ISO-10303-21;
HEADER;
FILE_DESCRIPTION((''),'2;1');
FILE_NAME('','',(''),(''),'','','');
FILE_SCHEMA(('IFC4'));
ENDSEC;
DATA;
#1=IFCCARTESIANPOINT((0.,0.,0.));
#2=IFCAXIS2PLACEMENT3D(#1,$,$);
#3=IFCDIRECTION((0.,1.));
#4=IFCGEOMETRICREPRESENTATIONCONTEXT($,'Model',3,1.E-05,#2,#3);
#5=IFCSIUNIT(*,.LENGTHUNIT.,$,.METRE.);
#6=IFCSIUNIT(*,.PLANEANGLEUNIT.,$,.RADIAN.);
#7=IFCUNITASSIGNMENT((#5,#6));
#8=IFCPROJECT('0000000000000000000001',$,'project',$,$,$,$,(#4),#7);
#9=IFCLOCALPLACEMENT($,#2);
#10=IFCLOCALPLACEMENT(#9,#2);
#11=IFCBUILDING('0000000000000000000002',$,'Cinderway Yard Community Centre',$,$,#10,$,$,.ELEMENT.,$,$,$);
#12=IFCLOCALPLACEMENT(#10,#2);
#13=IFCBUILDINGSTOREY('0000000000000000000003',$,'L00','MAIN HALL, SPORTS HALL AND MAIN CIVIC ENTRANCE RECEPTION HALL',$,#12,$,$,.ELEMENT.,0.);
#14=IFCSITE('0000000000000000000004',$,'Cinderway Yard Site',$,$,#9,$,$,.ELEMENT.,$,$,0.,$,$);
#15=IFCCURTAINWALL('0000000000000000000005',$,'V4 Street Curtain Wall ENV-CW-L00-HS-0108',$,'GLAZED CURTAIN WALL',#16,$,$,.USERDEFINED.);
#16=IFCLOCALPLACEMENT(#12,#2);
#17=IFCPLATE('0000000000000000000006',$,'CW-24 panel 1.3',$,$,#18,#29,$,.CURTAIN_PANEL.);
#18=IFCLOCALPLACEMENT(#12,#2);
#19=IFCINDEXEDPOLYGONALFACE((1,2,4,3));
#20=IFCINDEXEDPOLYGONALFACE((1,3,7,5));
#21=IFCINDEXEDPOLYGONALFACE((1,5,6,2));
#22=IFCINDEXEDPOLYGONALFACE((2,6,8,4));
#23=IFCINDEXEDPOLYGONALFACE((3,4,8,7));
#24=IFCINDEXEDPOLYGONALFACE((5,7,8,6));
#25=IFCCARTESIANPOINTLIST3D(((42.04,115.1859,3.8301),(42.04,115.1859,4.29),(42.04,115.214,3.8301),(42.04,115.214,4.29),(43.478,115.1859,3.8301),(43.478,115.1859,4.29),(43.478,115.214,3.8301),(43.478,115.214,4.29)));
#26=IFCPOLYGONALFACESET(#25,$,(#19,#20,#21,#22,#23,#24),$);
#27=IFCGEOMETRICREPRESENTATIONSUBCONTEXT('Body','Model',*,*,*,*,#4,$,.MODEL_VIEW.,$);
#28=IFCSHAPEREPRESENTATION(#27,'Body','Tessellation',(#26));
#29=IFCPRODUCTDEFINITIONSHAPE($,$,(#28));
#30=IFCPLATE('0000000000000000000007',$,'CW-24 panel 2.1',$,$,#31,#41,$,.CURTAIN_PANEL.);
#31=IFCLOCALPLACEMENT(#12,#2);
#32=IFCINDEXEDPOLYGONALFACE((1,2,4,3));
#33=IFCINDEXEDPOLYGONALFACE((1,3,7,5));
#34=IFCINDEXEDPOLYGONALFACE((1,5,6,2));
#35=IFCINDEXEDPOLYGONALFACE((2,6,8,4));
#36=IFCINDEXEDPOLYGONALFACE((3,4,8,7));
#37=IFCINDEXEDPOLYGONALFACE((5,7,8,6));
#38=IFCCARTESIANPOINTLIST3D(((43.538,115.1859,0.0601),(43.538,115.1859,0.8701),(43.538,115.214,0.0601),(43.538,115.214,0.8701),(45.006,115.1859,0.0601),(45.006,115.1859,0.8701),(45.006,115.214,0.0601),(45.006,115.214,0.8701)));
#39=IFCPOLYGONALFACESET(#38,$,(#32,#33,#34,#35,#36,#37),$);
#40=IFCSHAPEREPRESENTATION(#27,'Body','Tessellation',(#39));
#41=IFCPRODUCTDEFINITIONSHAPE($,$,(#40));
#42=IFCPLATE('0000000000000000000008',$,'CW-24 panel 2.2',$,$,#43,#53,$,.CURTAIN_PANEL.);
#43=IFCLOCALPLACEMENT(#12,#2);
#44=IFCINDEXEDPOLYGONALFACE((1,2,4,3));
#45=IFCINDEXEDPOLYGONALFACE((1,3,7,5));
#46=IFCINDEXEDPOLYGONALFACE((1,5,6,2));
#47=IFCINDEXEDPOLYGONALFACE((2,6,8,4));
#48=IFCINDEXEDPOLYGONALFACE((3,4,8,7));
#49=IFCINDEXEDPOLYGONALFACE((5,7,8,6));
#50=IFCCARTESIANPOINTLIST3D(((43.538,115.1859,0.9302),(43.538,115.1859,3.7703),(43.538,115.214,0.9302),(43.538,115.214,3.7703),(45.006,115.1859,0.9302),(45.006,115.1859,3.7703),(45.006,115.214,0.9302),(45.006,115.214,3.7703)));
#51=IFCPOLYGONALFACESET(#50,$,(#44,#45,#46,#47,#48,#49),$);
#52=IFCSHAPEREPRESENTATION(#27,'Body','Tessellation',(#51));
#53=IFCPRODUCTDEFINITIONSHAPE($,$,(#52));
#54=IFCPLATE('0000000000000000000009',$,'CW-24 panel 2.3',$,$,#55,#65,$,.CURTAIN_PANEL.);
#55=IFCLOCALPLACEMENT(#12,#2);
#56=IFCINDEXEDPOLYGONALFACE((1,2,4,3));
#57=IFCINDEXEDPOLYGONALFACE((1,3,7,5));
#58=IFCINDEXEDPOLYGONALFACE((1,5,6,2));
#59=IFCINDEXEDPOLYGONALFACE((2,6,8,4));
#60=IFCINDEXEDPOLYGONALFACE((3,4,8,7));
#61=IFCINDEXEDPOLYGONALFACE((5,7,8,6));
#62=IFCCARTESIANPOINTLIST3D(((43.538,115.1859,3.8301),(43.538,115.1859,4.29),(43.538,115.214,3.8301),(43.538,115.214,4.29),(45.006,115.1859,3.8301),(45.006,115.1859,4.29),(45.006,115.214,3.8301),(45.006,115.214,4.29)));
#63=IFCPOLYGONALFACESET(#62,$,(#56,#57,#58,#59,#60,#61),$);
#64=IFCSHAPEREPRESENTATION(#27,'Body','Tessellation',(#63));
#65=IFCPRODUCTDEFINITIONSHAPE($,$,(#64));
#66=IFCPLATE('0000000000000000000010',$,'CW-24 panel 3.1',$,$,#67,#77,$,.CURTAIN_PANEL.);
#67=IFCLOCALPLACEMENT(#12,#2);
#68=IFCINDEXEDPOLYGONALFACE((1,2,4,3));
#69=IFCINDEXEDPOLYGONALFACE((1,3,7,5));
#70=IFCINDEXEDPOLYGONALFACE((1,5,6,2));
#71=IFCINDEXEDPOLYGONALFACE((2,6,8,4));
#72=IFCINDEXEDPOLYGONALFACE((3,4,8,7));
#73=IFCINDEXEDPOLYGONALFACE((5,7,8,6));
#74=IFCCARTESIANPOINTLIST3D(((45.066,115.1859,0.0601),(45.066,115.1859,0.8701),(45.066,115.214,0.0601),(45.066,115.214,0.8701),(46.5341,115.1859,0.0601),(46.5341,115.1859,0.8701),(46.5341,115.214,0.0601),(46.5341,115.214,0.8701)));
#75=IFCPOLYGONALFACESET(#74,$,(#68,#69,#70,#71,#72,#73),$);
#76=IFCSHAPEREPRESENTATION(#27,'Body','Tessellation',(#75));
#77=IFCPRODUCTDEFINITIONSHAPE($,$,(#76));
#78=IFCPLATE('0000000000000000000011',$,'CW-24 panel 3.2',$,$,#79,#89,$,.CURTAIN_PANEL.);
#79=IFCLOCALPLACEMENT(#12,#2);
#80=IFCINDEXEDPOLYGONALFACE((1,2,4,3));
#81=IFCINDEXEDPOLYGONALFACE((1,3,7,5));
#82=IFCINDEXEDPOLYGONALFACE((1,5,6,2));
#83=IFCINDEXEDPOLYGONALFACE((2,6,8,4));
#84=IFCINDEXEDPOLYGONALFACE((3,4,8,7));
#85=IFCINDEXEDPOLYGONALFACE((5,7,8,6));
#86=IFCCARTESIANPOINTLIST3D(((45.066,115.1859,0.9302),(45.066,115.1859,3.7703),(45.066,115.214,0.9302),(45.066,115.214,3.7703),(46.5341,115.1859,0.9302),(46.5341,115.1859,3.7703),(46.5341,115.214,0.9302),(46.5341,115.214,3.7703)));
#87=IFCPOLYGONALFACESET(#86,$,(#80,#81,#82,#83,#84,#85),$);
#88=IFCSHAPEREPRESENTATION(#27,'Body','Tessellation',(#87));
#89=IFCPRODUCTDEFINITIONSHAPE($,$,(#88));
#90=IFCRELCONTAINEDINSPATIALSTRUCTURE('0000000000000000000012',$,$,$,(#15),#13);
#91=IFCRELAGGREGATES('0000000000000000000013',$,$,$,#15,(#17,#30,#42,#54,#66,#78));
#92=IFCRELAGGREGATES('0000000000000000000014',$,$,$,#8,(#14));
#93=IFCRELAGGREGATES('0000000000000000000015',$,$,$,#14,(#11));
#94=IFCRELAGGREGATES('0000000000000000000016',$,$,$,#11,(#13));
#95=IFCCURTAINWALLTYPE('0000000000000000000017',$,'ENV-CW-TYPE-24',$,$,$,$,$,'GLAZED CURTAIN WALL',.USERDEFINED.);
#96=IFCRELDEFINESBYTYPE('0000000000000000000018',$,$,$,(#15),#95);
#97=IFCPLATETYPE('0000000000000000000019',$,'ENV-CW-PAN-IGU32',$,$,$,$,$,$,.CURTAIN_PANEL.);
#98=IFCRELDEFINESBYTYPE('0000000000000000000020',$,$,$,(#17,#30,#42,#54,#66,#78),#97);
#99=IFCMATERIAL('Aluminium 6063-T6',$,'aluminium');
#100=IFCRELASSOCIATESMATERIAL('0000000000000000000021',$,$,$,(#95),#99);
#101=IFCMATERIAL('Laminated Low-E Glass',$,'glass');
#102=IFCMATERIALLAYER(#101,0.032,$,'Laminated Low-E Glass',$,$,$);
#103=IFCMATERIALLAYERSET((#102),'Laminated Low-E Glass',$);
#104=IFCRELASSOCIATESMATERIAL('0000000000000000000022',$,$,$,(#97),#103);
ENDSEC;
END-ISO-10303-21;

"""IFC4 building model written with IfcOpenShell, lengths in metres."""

from ifc_helpers import new_model, si_unit, direction, frame, origin, origin_2d, place, context, subcontext, project, spatial, rectangle, extrude, material, layer, layer_set, type_object, element, aggregate, save


model = new_model("IFC4")

# Units and contexts
model_context = context("Model", 3, precision=1e-05, world=origin(), true_north=direction((0.0, 1.0)))
body_context = subcontext(model_context, "Body", "Model", "MODEL_VIEW")
ifc_project = project(units=[si_unit("LENGTHUNIT", "METRE"), si_unit("PLANEANGLEUNIT", "RADIAN")], contexts=[model_context])

# Site, building, storey
site_placement = place(None, origin())
site = spatial("IfcSite", under=ifc_project, at=site_placement, Name="Cinderway Yard Site", CompositionType="ELEMENT", RefElevation=0.0)
building_placement = place(site_placement, origin())
building = spatial("IfcBuilding", under=site, at=building_placement, Name="Cinderway Yard Community Centre", CompositionType="ELEMENT")
storey_placement = place(building_placement, origin())
storey = spatial("IfcBuildingStorey", under=building, at=storey_placement, Name="L00", Description="MAIN HALL, SPORTS HALL AND MAIN CIVIC ENTRANCE RECEPTION HALL", CompositionType="ELEMENT", Elevation=0.0)

# Curtain wall, plates
ifc_material_1 = material(Name="Aluminium 6063-T6", Category="aluminium")
curtain_wall_type = type_object("IfcCurtainWallType", Name="ENV-CW-TYPE-24", ElementType="GLAZED CURTAIN WALL", PredefinedType="USERDEFINED", material=ifc_material_1)
curtain_wall_placement = place(storey_placement, origin())
curtain_wall = element("IfcCurtainWall", 1, at=curtain_wall_placement, inside=storey, type_object=curtain_wall_type, Name="V4 Street Curtain Wall ENV-CW-L00-HS-0108", ObjectType="GLAZED CURTAIN WALL", PredefinedType="USERDEFINED")
ifc_material_2 = material(Name="Laminated Low-E Glass", Category="glass")
ifc_layer = layer(ifc_material_2, 0.032, Name="Laminated Low-E Glass")
ifc_layer_set = layer_set([ifc_layer], Name="Laminated Low-E Glass")
plate_type = type_object("IfcPlateType", Name="ENV-CW-PAN-IGU32", PredefinedType="CURTAIN_PANEL", material=ifc_layer_set)
plate_1_placement = place(storey_placement, frame((42.759, 115.2, 3.8301), z_axis=(0.0, 0.0, 1.0), x_axis=(1.0, 0.0, 0.0)))
plate_1 = element("IfcPlate", 2, at=plate_1_placement, type_object=plate_type, Name="CW-24 panel 1.3", PredefinedType="CURTAIN_PANEL", context=body_context, shape_type="SweptSolid", body=[
    extrude(rectangle(XDim=1.438, YDim=0.0281, at=origin_2d()), origin(), (0.0, 0.0, 1.0), 0.46),
])
plate_2_placement = place(storey_placement, frame((44.272, 115.2, 0.0601), z_axis=(0.0, 0.0, 1.0), x_axis=(1.0, 0.0, 0.0)))
plate_2 = element("IfcPlate", 3, at=plate_2_placement, type_object=plate_type, Name="CW-24 panel 2.1", PredefinedType="CURTAIN_PANEL", context=body_context, shape_type="SweptSolid", body=[
    extrude(rectangle(XDim=1.468, YDim=0.0281, at=origin_2d()), origin(), (0.0, 0.0, 1.0), 0.8101),
])
plate_3_placement = place(storey_placement, frame((44.272, 115.2, 0.9302), z_axis=(0.0, 0.0, 1.0), x_axis=(1.0, 0.0, 0.0)))
plate_3 = element("IfcPlate", 4, at=plate_3_placement, type_object=plate_type, Name="CW-24 panel 2.2", PredefinedType="CURTAIN_PANEL", context=body_context, shape_type="SweptSolid", body=[
    extrude(rectangle(XDim=1.468, YDim=0.0281, at=origin_2d()), origin(), (0.0, 0.0, 1.0), 2.8401),
])
plate_4_placement = place(storey_placement, frame((44.272, 115.2, 3.8301), z_axis=(0.0, 0.0, 1.0), x_axis=(1.0, 0.0, 0.0)))
plate_4 = element("IfcPlate", 5, at=plate_4_placement, type_object=plate_type, Name="CW-24 panel 2.3", PredefinedType="CURTAIN_PANEL", context=body_context, shape_type="SweptSolid", body=[
    extrude(rectangle(XDim=1.468, YDim=0.0281, at=origin_2d()), origin(), (0.0, 0.0, 1.0), 0.46),
])
plate_5_placement = place(storey_placement, frame((45.8, 115.2, 0.0601), z_axis=(0.0, 0.0, 1.0), x_axis=(1.0, 0.0, 0.0)))
plate_5 = element("IfcPlate", 6, at=plate_5_placement, type_object=plate_type, Name="CW-24 panel 3.1", PredefinedType="CURTAIN_PANEL", context=body_context, shape_type="SweptSolid", body=[
    extrude(rectangle(XDim=1.468, YDim=0.0281, at=origin_2d()), origin(), (0.0, 0.0, 1.0), 0.8101),
])
plate_6_placement = place(storey_placement, frame((45.8, 115.2, 0.9302), z_axis=(0.0, 0.0, 1.0), x_axis=(1.0, 0.0, 0.0)))
plate_6 = element("IfcPlate", 7, at=plate_6_placement, type_object=plate_type, Name="CW-24 panel 3.2", PredefinedType="CURTAIN_PANEL", context=body_context, shape_type="SweptSolid", body=[
    extrude(rectangle(XDim=1.468, YDim=0.0281, at=origin_2d()), origin(), (0.0, 0.0, 1.0), 2.8401),
])
aggregate(curtain_wall, [plate_1, plate_2, plate_3, plate_4, plate_5, plate_6])

save(model, "model.ifc")
